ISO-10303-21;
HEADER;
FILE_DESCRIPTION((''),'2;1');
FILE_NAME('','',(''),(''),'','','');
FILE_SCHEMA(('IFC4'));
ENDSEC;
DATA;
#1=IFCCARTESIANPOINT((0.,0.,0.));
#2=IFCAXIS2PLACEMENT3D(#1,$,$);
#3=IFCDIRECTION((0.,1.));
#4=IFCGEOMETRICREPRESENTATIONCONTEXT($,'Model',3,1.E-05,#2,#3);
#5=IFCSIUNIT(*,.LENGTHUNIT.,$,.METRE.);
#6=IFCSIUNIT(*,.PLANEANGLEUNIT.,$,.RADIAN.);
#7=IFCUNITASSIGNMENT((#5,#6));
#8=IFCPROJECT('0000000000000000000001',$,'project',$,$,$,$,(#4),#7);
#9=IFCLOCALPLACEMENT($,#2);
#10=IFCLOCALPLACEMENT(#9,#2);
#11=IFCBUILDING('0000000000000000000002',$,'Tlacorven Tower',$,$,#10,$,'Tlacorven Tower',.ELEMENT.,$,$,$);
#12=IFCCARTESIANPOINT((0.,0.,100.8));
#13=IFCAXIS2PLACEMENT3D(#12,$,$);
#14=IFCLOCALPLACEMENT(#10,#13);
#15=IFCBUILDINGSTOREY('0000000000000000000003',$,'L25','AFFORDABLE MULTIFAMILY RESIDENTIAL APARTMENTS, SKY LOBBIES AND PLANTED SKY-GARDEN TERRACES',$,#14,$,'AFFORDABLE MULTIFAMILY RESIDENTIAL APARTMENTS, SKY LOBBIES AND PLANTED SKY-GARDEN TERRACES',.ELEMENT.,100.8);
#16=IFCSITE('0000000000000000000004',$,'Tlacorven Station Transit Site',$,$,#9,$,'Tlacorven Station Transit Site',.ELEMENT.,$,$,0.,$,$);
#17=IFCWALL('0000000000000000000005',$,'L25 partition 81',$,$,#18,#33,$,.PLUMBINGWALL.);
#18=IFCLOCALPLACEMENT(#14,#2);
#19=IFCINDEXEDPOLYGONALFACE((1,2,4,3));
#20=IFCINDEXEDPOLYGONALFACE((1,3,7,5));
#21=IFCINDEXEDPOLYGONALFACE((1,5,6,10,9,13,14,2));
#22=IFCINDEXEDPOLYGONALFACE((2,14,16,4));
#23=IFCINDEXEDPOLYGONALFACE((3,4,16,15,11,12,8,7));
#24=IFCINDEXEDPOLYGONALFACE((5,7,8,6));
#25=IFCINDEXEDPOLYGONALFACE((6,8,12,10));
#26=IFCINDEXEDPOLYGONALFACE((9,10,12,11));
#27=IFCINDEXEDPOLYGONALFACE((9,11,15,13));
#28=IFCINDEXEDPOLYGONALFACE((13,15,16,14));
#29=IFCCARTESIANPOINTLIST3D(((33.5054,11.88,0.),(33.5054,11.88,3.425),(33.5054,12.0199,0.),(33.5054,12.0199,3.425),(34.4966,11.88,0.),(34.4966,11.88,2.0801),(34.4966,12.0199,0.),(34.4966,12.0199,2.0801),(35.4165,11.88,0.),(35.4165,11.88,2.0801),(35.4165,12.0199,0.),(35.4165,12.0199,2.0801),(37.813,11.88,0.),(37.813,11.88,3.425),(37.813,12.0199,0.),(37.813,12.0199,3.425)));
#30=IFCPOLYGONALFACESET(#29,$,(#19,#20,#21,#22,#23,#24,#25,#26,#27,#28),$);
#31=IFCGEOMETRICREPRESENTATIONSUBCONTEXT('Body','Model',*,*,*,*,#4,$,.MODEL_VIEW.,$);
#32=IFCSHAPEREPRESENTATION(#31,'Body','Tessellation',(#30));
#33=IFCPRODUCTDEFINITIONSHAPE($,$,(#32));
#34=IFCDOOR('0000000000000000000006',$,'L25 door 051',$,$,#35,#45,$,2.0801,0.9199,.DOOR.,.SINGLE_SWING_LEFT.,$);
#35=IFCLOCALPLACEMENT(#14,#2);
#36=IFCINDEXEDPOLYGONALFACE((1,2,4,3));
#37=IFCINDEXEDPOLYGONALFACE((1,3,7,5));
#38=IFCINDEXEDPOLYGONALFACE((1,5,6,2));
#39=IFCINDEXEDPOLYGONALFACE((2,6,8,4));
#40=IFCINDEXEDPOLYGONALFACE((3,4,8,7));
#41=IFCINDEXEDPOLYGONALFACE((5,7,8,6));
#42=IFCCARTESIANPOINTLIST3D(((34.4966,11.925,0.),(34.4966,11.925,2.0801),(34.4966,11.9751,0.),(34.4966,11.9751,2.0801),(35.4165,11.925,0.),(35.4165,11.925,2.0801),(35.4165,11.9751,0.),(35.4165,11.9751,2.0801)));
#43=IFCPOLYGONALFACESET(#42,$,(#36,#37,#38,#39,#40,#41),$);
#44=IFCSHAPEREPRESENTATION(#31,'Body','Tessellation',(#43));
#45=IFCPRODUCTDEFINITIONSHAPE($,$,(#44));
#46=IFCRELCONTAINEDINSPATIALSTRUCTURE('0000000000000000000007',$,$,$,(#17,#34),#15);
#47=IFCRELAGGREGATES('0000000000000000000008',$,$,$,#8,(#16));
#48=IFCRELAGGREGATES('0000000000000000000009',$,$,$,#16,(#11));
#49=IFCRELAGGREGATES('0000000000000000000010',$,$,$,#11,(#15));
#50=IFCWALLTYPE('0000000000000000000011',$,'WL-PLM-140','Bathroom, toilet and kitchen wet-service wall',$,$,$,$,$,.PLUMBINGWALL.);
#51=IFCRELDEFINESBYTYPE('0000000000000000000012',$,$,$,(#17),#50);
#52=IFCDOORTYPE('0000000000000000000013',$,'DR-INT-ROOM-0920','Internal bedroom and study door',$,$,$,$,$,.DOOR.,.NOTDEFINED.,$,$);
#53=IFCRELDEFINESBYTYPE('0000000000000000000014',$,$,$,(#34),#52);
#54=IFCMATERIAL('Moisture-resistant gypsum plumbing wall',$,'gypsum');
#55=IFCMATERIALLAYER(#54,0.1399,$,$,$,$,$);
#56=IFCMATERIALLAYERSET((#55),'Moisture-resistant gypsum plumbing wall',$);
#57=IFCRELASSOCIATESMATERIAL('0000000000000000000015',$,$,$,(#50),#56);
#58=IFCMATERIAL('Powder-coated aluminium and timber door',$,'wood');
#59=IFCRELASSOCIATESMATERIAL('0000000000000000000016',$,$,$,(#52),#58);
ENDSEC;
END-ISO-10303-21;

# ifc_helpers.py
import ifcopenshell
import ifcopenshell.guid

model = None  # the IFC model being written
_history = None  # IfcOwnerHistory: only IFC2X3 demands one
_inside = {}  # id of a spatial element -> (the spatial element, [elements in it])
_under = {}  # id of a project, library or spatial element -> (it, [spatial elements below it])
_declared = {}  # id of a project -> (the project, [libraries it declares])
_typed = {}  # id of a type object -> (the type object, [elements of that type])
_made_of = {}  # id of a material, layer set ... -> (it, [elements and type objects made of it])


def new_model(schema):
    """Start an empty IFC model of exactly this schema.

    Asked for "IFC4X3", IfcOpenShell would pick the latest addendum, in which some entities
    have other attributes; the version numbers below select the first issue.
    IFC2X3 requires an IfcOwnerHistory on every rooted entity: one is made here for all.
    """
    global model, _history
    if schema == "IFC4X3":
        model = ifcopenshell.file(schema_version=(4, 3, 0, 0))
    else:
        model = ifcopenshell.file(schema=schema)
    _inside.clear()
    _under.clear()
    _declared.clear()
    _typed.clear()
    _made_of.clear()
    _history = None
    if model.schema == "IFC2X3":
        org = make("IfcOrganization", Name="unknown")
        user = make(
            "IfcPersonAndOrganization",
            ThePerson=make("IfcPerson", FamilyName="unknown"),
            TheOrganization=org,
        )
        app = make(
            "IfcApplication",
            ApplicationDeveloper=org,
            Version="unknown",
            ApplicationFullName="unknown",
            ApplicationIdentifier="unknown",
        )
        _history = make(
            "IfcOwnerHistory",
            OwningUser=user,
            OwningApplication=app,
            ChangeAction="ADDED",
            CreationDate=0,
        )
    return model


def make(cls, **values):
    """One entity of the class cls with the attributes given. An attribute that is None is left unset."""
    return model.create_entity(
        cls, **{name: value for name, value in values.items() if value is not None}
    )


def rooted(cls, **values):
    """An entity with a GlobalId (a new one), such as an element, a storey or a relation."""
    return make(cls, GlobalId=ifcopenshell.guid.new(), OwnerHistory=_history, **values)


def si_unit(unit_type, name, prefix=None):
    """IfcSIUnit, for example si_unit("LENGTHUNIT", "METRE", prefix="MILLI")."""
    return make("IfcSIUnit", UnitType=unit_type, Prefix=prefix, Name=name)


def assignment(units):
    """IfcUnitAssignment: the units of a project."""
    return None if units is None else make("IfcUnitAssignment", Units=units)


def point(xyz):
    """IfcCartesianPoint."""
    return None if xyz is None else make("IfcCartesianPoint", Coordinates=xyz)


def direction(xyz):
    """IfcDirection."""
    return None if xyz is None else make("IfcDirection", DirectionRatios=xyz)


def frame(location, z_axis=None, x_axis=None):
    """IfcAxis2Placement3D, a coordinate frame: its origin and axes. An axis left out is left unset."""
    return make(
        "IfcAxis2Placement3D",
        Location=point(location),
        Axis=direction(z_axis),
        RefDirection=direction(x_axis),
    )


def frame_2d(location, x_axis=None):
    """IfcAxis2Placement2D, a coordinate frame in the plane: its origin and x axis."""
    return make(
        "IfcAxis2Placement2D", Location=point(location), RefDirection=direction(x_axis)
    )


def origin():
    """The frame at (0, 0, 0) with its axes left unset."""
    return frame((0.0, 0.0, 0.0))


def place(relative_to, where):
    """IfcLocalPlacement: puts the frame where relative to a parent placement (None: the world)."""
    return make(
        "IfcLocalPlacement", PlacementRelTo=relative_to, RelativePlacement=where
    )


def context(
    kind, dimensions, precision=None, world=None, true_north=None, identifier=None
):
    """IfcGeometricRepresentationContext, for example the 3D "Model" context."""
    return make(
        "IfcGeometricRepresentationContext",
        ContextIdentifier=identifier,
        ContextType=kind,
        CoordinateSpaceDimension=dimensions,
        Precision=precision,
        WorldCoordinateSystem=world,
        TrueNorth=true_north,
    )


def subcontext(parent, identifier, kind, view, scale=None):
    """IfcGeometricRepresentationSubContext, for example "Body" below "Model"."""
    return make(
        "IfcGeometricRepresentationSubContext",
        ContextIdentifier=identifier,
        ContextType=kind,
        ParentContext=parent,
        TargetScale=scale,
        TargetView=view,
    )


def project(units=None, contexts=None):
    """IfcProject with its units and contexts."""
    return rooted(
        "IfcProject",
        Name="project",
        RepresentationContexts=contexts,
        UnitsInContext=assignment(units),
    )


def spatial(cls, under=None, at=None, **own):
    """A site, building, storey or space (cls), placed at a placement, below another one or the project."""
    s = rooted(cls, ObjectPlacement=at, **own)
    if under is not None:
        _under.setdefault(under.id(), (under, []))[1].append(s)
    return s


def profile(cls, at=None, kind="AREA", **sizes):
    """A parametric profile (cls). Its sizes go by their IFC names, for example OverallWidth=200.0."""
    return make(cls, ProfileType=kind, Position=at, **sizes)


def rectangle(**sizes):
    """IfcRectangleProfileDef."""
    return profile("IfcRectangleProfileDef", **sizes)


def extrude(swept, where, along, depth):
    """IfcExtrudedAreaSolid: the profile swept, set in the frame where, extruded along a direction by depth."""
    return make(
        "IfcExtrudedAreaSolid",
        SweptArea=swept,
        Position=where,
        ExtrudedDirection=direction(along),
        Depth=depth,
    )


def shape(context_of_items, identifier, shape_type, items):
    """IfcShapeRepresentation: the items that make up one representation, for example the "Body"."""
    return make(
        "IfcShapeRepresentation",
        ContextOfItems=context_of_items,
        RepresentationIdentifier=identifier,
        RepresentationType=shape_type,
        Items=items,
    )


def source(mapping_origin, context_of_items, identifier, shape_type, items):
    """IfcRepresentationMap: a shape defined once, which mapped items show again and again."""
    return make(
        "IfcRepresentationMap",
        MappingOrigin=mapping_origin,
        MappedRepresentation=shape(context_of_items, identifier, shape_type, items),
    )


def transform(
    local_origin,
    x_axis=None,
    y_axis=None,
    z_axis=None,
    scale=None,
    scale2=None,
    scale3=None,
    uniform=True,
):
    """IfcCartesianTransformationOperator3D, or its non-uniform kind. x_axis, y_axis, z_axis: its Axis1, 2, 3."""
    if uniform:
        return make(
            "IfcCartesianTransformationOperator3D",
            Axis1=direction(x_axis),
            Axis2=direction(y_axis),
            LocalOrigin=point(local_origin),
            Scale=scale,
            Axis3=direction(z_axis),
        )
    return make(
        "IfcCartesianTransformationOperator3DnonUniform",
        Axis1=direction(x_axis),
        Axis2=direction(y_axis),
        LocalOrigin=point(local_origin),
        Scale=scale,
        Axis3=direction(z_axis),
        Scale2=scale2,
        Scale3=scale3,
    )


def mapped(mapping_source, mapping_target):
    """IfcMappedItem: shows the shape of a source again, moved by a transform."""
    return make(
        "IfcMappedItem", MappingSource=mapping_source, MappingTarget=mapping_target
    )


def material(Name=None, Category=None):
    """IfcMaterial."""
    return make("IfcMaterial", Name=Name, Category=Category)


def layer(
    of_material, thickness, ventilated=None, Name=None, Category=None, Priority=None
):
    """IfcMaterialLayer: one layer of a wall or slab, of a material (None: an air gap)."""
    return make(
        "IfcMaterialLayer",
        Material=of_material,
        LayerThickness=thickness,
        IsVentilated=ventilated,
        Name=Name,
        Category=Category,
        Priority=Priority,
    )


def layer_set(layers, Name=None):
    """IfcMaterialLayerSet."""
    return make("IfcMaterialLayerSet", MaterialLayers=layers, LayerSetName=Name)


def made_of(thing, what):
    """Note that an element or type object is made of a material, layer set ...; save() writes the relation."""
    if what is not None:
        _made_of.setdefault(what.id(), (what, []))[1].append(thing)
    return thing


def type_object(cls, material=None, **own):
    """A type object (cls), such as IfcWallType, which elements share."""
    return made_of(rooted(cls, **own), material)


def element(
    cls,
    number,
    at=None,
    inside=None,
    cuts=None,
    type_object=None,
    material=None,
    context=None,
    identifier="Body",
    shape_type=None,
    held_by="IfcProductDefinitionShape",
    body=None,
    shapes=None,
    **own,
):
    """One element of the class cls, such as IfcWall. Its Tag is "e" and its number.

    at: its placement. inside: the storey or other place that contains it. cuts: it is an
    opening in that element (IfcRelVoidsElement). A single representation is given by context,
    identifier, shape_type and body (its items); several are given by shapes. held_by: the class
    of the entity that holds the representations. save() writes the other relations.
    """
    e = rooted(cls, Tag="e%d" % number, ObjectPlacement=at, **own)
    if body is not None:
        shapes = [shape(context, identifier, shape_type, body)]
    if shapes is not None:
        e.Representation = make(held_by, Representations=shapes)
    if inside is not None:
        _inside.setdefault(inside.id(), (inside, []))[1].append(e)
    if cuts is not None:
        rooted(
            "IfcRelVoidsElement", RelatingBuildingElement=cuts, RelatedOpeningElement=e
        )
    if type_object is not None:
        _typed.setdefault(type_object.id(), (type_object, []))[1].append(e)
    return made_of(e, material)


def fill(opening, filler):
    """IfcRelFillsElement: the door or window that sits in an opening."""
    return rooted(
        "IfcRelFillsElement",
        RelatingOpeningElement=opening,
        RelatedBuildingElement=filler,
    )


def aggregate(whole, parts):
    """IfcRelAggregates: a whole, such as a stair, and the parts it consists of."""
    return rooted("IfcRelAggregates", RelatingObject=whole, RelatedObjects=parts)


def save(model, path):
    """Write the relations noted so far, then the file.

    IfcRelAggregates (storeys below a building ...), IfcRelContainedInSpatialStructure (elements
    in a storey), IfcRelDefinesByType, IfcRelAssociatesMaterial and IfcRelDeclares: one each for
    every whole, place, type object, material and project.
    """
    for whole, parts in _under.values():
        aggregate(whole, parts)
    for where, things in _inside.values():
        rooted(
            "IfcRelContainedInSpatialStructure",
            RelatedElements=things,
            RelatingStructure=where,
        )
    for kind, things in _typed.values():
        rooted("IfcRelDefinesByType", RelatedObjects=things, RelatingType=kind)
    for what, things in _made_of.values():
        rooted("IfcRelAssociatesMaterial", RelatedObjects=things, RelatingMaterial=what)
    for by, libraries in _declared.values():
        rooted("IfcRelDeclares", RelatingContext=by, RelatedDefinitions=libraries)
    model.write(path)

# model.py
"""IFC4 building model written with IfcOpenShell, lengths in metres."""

from ifc_helpers import new_model, si_unit, direction, frame, frame_2d, origin, place, context, subcontext, project, spatial, rectangle, extrude, source, transform, mapped, material, layer, layer_set, type_object, element, fill, save


model = new_model("IFC4")

# Units and contexts
model_context = context("Model", 3, precision=1e-05, world=origin(), true_north=direction((0.0, 1.0)))
body_context = subcontext(model_context, "Body", "Model", "MODEL_VIEW")
ifc_project = project(units=[si_unit("LENGTHUNIT", "METRE"), si_unit("PLANEANGLEUNIT", "RADIAN")], contexts=[model_context])

# Site, building, storey
site_placement = place(None, origin())
site = spatial("IfcSite", under=ifc_project, at=site_placement, Name="Tlacorven Station Transit Site", LongName="Tlacorven Station Transit Site", CompositionType="ELEMENT", RefElevation=0.0)
building_placement = place(site_placement, origin())
building = spatial("IfcBuilding", under=site, at=building_placement, Name="Tlacorven Tower", LongName="Tlacorven Tower", CompositionType="ELEMENT")
storey_placement = place(building_placement, frame((0.0, 0.0, 100.8)))
storey = spatial("IfcBuildingStorey", under=building, at=storey_placement, Name="L25", Description="AFFORDABLE MULTIFAMILY RESIDENTIAL APARTMENTS, SKY LOBBIES AND PLANTED SKY-GARDEN TERRACES", LongName="AFFORDABLE MULTIFAMILY RESIDENTIAL APARTMENTS, SKY LOBBIES AND PLANTED SKY-GARDEN TERRACES", CompositionType="ELEMENT", Elevation=100.8)

# Shared definitions
ifc_material_1 = material(Name="Moisture-resistant gypsum plumbing wall", Category="gypsum")
ifc_layer_1 = layer(ifc_material_1, 0.1399)
ifc_layer_set_1 = layer_set([ifc_layer_1], Name="Moisture-resistant gypsum plumbing wall")
wall_type = type_object("IfcWallType", Name="WL-PLM-140", Description="Bathroom, toilet and kitchen wet-service wall", PredefinedType="PLUMBINGWALL", material=ifc_layer_set_1)

# Wall, opening, door
wall_1_placement = place(storey_placement, frame((33.5054, 11.95, 0.0), z_axis=(0.0, 0.0, 1.0), x_axis=(1.0, 0.0, 0.0)))
wall_1 = element("IfcWall", 1, at=wall_1_placement, inside=storey, type_object=wall_type, Name="L25 partition 81", PredefinedType="PLUMBINGWALL", context=body_context, shape_type="SweptSolid", body=[
    extrude(rectangle(XDim=4.3076, YDim=0.1399, at=frame_2d((2.1538, 0.0))), origin(), (0.0, 0.0, 1.0), 3.425),
])
opening_placement = place(wall_1_placement, frame((0.9912, 0.0, 0.0)))
opening = element("IfcOpeningElement", 2, at=opening_placement, cuts=wall_1, PredefinedType="OPENING", context=body_context, shape_type="SweptSolid", body=[
    extrude(rectangle(XDim=0.9199, YDim=2.0801, at=frame_2d((0.46, 1.04))), frame((0.0, 0.0801, 0.0), z_axis=(0.0, -1.0, 0.0), x_axis=(1.0, 0.0, 0.0)), (0.0, 0.0, 1.0), 0.1599),
])
ifc_material_2 = material(Name="Powder-coated aluminium and timber door", Category="wood")
door_type = type_object("IfcDoorType", Name="DR-INT-ROOM-0920", Description="Internal bedroom and study door", OperationType="NOTDEFINED", PredefinedType="DOOR", material=ifc_material_2)
shared_shape_1 = source(origin(), body_context, "Body", "SweptSolid", [
    extrude(rectangle(XDim=0.9199, YDim=2.0801, at=frame_2d((0.46, 1.04))), frame((0.0, 0.0249, 0.0), z_axis=(0.0, -1.0, 0.0), x_axis=(1.0, 0.0, 0.0)), (0.0, 0.0, 1.0), 0.05),
])
door_placement = place(opening_placement, frame((0.9199, 0.0, 0.0), z_axis=(0.0, 0.0, 1.0), x_axis=(-1.0, 0.0, 0.0)))
door = element("IfcDoor", 3, at=door_placement, inside=storey, type_object=door_type, Name="L25 door 051", OperationType="SINGLE_SWING_LEFT", OverallHeight=2.0801, OverallWidth=0.9199, PredefinedType="DOOR", context=body_context, shape_type="MappedRepresentation", body=[
    mapped(shared_shape_1, transform((0.0, 0.0, 0.0), scale=1.0)),
])
fill(opening, door)

save(model, "model.ifc")
